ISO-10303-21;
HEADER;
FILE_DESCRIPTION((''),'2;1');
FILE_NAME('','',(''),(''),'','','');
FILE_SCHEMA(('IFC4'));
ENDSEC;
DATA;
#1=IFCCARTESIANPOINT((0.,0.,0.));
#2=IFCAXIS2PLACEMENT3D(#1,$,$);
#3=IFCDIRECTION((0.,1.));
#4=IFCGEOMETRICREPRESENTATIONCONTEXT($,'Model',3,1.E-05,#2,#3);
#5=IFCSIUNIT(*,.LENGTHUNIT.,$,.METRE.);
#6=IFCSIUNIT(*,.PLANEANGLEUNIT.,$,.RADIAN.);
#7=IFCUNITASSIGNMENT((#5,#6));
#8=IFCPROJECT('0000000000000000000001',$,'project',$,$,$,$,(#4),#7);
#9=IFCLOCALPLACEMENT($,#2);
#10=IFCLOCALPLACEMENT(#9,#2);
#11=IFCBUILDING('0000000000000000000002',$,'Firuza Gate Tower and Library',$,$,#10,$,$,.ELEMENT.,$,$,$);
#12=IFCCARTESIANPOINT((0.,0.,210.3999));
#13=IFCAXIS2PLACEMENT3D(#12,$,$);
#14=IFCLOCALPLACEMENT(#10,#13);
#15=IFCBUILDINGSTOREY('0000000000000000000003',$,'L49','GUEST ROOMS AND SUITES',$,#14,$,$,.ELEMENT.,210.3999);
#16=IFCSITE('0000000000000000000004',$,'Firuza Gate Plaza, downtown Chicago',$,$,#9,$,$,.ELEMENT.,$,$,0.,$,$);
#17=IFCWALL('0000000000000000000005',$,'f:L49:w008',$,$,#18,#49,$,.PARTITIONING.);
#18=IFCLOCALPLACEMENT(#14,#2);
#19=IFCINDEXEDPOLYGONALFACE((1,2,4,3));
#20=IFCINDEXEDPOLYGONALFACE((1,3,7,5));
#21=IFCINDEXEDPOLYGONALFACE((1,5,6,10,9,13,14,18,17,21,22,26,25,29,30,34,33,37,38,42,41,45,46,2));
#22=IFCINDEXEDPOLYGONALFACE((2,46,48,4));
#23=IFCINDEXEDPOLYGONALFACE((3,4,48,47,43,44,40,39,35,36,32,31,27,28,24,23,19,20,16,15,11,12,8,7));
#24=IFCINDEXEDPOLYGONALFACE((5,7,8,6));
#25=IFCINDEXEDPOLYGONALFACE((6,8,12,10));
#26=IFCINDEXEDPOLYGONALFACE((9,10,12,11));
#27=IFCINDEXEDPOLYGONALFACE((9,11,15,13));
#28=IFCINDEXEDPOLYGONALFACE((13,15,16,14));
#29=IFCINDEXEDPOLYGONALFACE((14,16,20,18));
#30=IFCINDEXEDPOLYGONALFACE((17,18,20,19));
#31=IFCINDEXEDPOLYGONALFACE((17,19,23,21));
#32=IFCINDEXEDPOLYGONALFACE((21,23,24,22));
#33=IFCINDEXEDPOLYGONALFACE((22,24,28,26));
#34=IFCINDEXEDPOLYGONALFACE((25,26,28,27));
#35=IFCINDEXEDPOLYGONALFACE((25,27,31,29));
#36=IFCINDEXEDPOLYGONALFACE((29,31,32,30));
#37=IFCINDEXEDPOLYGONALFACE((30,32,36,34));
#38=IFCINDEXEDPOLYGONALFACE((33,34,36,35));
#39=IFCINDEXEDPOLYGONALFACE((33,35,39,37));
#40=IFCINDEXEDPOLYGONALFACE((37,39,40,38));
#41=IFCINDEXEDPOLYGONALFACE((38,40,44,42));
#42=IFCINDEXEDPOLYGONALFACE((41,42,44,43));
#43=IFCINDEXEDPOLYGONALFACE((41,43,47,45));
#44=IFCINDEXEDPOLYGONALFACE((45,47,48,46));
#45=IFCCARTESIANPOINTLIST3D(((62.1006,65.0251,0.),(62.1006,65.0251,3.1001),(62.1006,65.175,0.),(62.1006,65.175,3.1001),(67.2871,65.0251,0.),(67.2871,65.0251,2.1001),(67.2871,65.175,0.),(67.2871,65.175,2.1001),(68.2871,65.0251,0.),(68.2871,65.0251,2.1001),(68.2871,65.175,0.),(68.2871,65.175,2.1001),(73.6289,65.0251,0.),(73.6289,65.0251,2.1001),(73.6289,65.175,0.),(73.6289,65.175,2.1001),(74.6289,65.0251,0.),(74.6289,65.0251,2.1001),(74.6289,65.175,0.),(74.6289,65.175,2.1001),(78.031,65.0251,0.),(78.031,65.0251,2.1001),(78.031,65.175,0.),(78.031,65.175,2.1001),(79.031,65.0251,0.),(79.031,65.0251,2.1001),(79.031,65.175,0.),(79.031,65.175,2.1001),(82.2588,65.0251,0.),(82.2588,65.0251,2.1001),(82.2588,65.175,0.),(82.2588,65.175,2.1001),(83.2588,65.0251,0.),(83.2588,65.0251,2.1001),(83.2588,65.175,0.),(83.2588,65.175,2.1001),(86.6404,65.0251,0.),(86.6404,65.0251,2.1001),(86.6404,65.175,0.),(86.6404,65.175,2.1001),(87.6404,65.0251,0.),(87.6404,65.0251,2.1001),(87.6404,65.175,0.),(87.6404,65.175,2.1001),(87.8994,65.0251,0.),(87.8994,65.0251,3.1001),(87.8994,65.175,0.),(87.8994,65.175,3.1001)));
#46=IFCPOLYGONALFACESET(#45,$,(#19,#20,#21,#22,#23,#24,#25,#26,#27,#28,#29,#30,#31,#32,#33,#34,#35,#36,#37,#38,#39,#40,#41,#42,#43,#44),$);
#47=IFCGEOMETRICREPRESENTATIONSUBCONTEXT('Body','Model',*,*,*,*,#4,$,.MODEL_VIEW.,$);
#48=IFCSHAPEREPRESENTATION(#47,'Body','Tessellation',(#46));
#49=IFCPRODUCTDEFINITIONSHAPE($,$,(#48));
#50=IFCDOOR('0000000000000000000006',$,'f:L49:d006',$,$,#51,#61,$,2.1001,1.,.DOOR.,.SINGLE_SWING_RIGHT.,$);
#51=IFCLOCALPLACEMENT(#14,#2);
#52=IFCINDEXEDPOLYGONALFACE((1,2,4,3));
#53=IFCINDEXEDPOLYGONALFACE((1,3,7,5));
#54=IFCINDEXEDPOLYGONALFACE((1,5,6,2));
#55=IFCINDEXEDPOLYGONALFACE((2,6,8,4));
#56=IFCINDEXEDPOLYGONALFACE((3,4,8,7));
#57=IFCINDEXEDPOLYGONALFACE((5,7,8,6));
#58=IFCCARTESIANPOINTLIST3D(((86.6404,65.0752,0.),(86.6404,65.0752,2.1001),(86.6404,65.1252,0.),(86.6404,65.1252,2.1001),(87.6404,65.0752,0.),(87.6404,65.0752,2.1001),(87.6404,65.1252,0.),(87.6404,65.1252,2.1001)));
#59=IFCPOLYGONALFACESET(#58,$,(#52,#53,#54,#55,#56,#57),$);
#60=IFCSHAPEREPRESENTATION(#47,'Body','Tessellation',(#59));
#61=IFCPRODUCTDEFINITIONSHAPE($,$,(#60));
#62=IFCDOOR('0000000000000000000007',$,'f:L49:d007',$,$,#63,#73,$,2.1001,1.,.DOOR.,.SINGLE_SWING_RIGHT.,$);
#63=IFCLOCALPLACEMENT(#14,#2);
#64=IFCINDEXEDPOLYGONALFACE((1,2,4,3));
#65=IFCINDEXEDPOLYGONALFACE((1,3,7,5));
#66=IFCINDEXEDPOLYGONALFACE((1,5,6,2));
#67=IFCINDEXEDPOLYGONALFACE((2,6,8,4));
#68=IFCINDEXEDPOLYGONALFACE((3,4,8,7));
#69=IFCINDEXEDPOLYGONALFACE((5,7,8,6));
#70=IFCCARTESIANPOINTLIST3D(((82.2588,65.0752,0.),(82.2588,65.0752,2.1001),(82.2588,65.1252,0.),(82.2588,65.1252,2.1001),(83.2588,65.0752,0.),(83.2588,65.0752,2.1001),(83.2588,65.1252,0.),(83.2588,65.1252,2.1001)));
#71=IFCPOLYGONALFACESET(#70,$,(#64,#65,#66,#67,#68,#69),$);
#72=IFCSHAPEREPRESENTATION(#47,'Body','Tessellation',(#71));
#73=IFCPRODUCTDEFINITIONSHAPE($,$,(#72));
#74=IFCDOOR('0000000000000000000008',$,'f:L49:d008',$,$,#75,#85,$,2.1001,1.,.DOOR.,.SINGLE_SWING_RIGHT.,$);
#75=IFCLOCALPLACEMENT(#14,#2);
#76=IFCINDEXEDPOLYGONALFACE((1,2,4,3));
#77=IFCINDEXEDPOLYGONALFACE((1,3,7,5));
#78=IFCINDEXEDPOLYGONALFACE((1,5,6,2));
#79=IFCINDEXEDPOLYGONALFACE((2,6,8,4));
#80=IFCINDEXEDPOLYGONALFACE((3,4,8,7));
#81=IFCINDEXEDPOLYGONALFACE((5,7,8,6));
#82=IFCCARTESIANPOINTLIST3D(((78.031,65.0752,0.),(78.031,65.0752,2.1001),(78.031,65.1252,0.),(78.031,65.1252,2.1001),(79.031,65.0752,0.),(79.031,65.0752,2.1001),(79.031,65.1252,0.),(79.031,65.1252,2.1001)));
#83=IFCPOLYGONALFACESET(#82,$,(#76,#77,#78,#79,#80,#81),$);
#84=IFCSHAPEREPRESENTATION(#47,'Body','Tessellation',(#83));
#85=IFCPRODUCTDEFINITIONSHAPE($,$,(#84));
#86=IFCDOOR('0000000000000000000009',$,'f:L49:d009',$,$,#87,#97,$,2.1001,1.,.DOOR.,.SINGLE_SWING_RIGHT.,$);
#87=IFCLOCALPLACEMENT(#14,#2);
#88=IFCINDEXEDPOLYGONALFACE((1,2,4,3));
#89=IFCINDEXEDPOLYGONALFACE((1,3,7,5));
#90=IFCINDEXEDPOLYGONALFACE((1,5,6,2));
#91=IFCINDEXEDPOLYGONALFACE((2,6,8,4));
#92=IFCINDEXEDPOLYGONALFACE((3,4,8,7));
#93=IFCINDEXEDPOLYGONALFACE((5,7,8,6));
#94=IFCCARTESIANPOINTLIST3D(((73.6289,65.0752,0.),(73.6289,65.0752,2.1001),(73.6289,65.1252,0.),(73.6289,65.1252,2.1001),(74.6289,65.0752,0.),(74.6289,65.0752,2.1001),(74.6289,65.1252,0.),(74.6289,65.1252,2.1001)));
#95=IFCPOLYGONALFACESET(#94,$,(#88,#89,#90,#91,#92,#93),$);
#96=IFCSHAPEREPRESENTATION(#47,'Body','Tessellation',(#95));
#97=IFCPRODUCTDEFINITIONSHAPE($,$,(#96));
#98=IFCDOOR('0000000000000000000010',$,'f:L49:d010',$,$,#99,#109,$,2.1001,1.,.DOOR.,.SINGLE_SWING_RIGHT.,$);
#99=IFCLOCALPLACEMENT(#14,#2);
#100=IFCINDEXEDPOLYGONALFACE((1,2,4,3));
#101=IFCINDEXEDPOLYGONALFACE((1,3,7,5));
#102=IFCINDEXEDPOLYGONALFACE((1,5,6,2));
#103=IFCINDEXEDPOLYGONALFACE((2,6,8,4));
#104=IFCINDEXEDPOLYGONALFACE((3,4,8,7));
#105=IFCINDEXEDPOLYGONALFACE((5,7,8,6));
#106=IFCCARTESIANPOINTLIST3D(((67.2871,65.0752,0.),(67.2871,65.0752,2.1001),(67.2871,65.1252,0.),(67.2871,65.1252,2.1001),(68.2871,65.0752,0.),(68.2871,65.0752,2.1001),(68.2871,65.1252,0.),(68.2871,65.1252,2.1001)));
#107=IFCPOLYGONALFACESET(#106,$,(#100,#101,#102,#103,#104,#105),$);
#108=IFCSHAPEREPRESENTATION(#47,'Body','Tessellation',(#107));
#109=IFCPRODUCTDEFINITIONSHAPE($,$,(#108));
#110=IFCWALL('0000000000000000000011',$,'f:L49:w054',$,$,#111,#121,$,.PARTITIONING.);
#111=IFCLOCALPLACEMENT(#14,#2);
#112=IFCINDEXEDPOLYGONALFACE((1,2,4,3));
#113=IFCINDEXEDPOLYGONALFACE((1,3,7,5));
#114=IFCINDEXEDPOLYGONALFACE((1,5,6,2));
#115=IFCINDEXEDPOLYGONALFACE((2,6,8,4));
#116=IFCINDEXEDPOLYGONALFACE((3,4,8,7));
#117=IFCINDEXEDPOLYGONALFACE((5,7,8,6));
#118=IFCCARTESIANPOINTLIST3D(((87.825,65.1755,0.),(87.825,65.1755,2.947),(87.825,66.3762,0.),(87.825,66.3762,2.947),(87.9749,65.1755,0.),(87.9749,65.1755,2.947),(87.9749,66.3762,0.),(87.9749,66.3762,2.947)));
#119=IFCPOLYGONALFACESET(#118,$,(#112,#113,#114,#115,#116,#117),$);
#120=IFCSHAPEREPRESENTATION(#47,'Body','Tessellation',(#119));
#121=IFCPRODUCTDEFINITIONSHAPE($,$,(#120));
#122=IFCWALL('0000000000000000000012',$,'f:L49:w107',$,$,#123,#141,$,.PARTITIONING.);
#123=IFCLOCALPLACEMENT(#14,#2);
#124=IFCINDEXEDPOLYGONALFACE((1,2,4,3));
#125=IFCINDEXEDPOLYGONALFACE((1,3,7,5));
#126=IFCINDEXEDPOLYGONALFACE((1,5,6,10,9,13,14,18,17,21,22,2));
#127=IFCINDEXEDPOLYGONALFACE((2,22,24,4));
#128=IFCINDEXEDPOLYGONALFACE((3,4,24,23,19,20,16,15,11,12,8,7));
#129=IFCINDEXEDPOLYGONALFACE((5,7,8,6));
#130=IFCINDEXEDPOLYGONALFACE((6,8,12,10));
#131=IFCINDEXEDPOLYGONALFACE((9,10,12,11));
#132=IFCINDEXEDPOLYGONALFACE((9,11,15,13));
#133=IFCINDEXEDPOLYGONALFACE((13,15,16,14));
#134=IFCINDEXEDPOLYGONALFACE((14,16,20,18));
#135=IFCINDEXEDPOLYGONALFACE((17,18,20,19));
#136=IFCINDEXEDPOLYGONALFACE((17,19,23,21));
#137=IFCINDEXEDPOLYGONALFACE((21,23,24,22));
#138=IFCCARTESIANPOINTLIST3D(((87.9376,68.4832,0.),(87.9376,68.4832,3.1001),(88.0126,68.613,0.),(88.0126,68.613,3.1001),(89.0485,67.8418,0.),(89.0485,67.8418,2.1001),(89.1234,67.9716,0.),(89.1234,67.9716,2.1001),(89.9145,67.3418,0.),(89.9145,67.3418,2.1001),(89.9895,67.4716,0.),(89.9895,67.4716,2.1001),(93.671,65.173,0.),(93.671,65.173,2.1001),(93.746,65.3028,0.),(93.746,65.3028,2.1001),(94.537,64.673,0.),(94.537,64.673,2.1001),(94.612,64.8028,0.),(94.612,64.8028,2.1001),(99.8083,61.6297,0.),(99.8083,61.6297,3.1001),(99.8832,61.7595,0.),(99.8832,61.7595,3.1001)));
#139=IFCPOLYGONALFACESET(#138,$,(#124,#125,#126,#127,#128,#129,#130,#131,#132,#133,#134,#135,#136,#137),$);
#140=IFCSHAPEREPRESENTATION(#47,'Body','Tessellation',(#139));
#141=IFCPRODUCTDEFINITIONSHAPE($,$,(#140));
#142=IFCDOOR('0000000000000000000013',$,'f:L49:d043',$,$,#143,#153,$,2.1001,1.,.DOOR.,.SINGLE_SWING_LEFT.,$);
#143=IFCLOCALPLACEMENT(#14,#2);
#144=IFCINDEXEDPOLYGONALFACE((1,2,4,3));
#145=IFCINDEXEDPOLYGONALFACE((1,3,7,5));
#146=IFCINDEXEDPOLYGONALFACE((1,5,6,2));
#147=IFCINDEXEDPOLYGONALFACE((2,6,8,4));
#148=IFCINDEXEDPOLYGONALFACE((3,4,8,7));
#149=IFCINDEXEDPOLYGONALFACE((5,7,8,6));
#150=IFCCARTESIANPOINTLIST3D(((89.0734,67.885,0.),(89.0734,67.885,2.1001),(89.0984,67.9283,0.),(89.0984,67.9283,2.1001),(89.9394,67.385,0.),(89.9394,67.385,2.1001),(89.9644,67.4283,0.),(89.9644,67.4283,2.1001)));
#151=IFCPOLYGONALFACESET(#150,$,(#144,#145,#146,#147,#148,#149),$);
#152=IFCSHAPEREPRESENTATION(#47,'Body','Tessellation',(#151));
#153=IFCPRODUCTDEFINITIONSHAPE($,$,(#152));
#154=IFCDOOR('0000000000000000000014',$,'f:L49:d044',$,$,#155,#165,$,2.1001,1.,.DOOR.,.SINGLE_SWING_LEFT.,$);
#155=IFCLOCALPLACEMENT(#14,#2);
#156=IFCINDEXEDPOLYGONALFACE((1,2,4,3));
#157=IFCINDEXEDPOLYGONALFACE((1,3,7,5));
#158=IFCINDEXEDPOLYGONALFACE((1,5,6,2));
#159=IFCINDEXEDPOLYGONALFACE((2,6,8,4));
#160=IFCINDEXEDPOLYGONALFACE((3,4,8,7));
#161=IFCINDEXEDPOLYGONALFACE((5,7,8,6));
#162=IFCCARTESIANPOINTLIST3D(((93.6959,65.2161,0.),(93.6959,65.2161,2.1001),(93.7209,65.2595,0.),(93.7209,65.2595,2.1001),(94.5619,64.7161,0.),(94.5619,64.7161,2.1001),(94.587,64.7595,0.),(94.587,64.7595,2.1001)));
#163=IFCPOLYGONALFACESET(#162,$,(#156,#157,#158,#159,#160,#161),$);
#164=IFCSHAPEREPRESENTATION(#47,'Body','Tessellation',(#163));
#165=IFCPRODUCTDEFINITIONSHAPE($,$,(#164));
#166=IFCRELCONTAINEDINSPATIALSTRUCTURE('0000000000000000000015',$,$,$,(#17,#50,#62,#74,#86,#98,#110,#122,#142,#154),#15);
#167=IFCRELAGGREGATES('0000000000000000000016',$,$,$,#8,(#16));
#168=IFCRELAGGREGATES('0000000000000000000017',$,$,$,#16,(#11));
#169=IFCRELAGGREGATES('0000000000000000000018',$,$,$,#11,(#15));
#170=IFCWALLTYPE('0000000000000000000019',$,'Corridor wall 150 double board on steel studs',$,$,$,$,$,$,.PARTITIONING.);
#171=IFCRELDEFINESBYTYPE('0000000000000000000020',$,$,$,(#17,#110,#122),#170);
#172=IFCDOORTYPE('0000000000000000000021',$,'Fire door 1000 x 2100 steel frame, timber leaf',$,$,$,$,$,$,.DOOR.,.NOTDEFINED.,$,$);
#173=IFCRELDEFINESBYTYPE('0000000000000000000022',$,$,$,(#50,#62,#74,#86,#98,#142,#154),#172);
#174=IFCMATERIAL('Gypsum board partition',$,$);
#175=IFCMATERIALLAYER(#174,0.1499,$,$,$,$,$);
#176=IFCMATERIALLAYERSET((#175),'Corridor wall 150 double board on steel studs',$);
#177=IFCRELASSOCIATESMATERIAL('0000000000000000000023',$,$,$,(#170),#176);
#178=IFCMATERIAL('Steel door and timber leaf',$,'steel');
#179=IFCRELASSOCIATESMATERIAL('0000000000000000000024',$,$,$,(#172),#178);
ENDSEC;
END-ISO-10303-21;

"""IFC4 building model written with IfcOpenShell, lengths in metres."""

from ifc_helpers import new_model, si_unit, direction, frame, frame_2d, origin, place, context, subcontext, project, spatial, rectangle, extrude, material, layer, layer_set, type_object, element, fill, save


model = new_model("IFC4")

# Units and contexts
model_context = context("Model", 3, precision=1e-05, world=origin(), true_north=direction((0.0, 1.0)))
body_context = subcontext(model_context, "Body", "Model", "MODEL_VIEW")
ifc_project = project(units=[si_unit("LENGTHUNIT", "METRE"), si_unit("PLANEANGLEUNIT", "RADIAN")], contexts=[model_context])

# Site, building, storey
site_placement = place(None, origin())
site = spatial("IfcSite", under=ifc_project, at=site_placement, Name="Firuza Gate Plaza, downtown Chicago", CompositionType="ELEMENT", RefElevation=0.0)
building_placement = place(site_placement, origin())
building = spatial("IfcBuilding", under=site, at=building_placement, Name="Firuza Gate Tower and Library", CompositionType="ELEMENT")
storey_placement = place(building_placement, frame((0.0, 0.0, 210.3999)))
storey = spatial("IfcBuildingStorey", under=building, at=storey_placement, Name="L49", Description="GUEST ROOMS AND SUITES", CompositionType="ELEMENT", Elevation=210.3999)

# Wall, openings, doors
ifc_material_1 = material(Name="Gypsum board partition")
ifc_layer_1 = layer(ifc_material_1, 0.1499)
ifc_layer_set_1 = layer_set([ifc_layer_1], Name="Corridor wall 150 double board on steel studs")
wall_type_1 = type_object("IfcWallType", Name="Corridor wall 150 double board on steel studs", PredefinedType="PARTITIONING", material=ifc_layer_set_1)
wall_1_placement = place(storey_placement, frame((87.8994, 65.1001, 0.0), z_axis=(0.0, 0.0, 1.0), x_axis=(-1.0, 0.0, 0.0)))
wall_1 = element("IfcWall", 1, at=wall_1_placement, inside=storey, type_object=wall_type_1, Name="f:L49:w008", PredefinedType="PARTITIONING", context=body_context, shape_type="SweptSolid", body=[
    extrude(rectangle(XDim=25.7988, YDim=0.1499, at=frame_2d((12.8994, 0.0))), origin(), (0.0, 0.0, 1.0), 3.1001),
])
opening_1_placement = place(wall_1_placement, frame((0.259, 0.0, 0.0)))
opening_1 = element("IfcOpeningElement", 2, at=opening_1_placement, cuts=wall_1, PredefinedType="OPENING", context=body_context, shape_type="SweptSolid", body=[
    extrude(rectangle(XDim=1.0, YDim=2.1001, at=frame_2d((0.5, 1.05))), frame((0.0, 0.085, 0.0), z_axis=(0.0, -1.0, 0.0), x_axis=(1.0, 0.0, 0.0)), (0.0, 0.0, 1.0), 0.1699),
])
opening_2_placement = place(wall_1_placement, frame((4.6406, 0.0, 0.0)))
opening_2 = element("IfcOpeningElement", 3, at=opening_2_placement, cuts=wall_1, PredefinedType="OPENING", context=body_context, shape_type="SweptSolid", body=[
    extrude(rectangle(XDim=1.0, YDim=2.1001, at=frame_2d((0.5, 1.05))), frame((0.0, 0.085, 0.0), z_axis=(0.0, -1.0, 0.0), x_axis=(1.0, 0.0, 0.0)), (0.0, 0.0, 1.0), 0.1699),
])
opening_3_placement = place(wall_1_placement, frame((8.8684, 0.0, 0.0)))
opening_3 = element("IfcOpeningElement", 4, at=opening_3_placement, cuts=wall_1, PredefinedType="OPENING", context=body_context, shape_type="SweptSolid", body=[
    extrude(rectangle(XDim=1.0, YDim=2.1001, at=frame_2d((0.5, 1.05))), frame((0.0, 0.085, 0.0), z_axis=(0.0, -1.0, 0.0), x_axis=(1.0, 0.0, 0.0)), (0.0, 0.0, 1.0), 0.1699),
])
opening_4_placement = place(wall_1_placement, frame((13.2705, 0.0, 0.0)))
opening_4 = element("IfcOpeningElement", 5, at=opening_4_placement, cuts=wall_1, PredefinedType="OPENING", context=body_context, shape_type="SweptSolid", body=[
    extrude(rectangle(XDim=1.0, YDim=2.1001, at=frame_2d((0.5, 1.05))), frame((0.0, 0.085, 0.0), z_axis=(0.0, -1.0, 0.0), x_axis=(1.0, 0.0, 0.0)), (0.0, 0.0, 1.0), 0.1699),
])
opening_5_placement = place(wall_1_placement, frame((19.6123, 0.0, 0.0)))
opening_5 = element("IfcOpeningElement", 6, at=opening_5_placement, cuts=wall_1, PredefinedType="OPENING", context=body_context, shape_type="SweptSolid", body=[
    extrude(rectangle(XDim=1.0, YDim=2.1001, at=frame_2d((0.5, 1.05))), frame((0.0, 0.085, 0.0), z_axis=(0.0, -1.0, 0.0), x_axis=(1.0, 0.0, 0.0)), (0.0, 0.0, 1.0), 0.1699),
])
ifc_material_2 = material(Name="Steel door and timber leaf", Category="steel")
door_type_1 = type_object("IfcDoorType", Name="Fire door 1000 x 2100 steel frame, timber leaf", OperationType="NOTDEFINED", PredefinedType="DOOR", material=ifc_material_2)
door_1_placement = place(opening_1_placement, origin())
door_1 = element("IfcDoor", 7, at=door_1_placement, inside=storey, type_object=door_type_1, Name="f:L49:d006", OperationType="SINGLE_SWING_RIGHT", OverallHeight=2.1001, OverallWidth=1.0, PredefinedType="DOOR", context=body_context, shape_type="SweptSolid", body=[
    extrude(rectangle(XDim=1.0, YDim=2.1001, at=frame_2d((0.5, 1.05))), frame((0.0, 0.0249, 0.0), z_axis=(0.0, -1.0, 0.0), x_axis=(1.0, 0.0, 0.0)), (0.0, 0.0, 1.0), 0.05),
])
fill(opening_1, door_1)
door_2_placement = place(opening_2_placement, origin())
door_2 = element("IfcDoor", 8, at=door_2_placement, inside=storey, type_object=door_type_1, Name="f:L49:d007", OperationType="SINGLE_SWING_RIGHT", OverallHeight=2.1001, OverallWidth=1.0, PredefinedType="DOOR", context=body_context, shape_type="SweptSolid", body=[
    extrude(rectangle(XDim=1.0, YDim=2.1001, at=frame_2d((0.5, 1.05))), frame((0.0, 0.0249, 0.0), z_axis=(0.0, -1.0, 0.0), x_axis=(1.0, 0.0, 0.0)), (0.0, 0.0, 1.0), 0.05),
])
fill(opening_2, door_2)
door_3_placement = place(opening_3_placement, origin())
door_3 = element("IfcDoor", 9, at=door_3_placement, inside=storey, type_object=door_type_1, Name="f:L49:d008", OperationType="SINGLE_SWING_RIGHT", OverallHeight=2.1001, OverallWidth=1.0, PredefinedType="DOOR", context=body_context, shape_type="SweptSolid", body=[
    extrude(rectangle(XDim=1.0, YDim=2.1001, at=frame_2d((0.5, 1.05))), frame((0.0, 0.0249, 0.0), z_axis=(0.0, -1.0, 0.0), x_axis=(1.0, 0.0, 0.0)), (0.0, 0.0, 1.0), 0.05),
])
fill(opening_3, door_3)
door_4_placement = place(opening_4_placement, origin())
door_4 = element("IfcDoor", 10, at=door_4_placement, inside=storey, type_object=door_type_1, Name="f:L49:d009", OperationType="SINGLE_SWING_RIGHT", OverallHeight=2.1001, OverallWidth=1.0, PredefinedType="DOOR", context=body_context, shape_type="SweptSolid", body=[
    extrude(rectangle(XDim=1.0, YDim=2.1001, at=frame_2d((0.5, 1.05))), frame((0.0, 0.0249, 0.0), z_axis=(0.0, -1.0, 0.0), x_axis=(1.0, 0.0, 0.0)), (0.0, 0.0, 1.0), 0.05),
])
fill(opening_4, door_4)
door_5_placement = place(opening_5_placement, origin())
door_5 = element("IfcDoor", 11, at=door_5_placement, inside=storey, type_object=door_type_1, Name="f:L49:d010", OperationType="SINGLE_SWING_RIGHT", OverallHeight=2.1001, OverallWidth=1.0, PredefinedType="DOOR", context=body_context, shape_type="SweptSolid", body=[
    extrude(rectangle(XDim=1.0, YDim=2.1001, at=frame_2d((0.5, 1.05))), frame((0.0, 0.0249, 0.0), z_axis=(0.0, -1.0, 0.0), x_axis=(1.0, 0.0, 0.0)), (0.0, 0.0, 1.0), 0.05),
])
fill(opening_5, door_5)

# Wall
wall_2_placement = place(storey_placement, frame((87.8999, 65.1755, 0.0), z_axis=(0.0, 0.0, 1.0), x_axis=(0.0, 1.0, 0.0)))
element("IfcWall", 12, at=wall_2_placement, inside=storey, type_object=wall_type_1, Name="f:L49:w054", PredefinedType="PARTITIONING", context=body_context, shape_type="SweptSolid", body=[
    extrude(rectangle(XDim=1.2007, YDim=0.1499, at=frame_2d((0.6003, 0.0))), origin(), (0.0, 0.0, 1.0), 2.947),
])

# Wall, openings, doors
wall_3_placement = place(storey_placement, frame((87.9751, 68.5481, 0.0), z_axis=(0.0, 0.0, 1.0), x_axis=(0.866025, -0.500001, 0.0)))
wall_3 = element("IfcWall", 13, at=wall_3_placement, inside=storey, type_object=wall_type_1, Name="f:L49:w107", PredefinedType="PARTITIONING", context=body_context, shape_type="SweptSolid", body=[
    extrude(rectangle(XDim=13.707, YDim=0.1499, at=frame_2d((6.8535, 0.0))), origin(), (0.0, 0.0, 1.0), 3.1001),
])
opening_6_placement = place(wall_3_placement, frame((1.2827, 0.0, 0.0)))
opening_6 = element("IfcOpeningElement", 14, at=opening_6_placement, cuts=wall_3, PredefinedType="OPENING", context=body_context, shape_type="SweptSolid", body=[
    extrude(rectangle(XDim=1.0, YDim=2.1001, at=frame_2d((0.5, 1.05))), frame((0.0, 0.085, 0.0), z_axis=(0.0, -1.0, 0.0), x_axis=(1.0, 0.0, 0.0)), (0.0, 0.0, 1.0), 0.1699),
])
opening_7_placement = place(wall_3_placement, frame((6.6204, 0.0, 0.0)))
opening_7 = element("IfcOpeningElement", 15, at=opening_7_placement, cuts=wall_3, PredefinedType="OPENING", context=body_context, shape_type="SweptSolid", body=[
    extrude(rectangle(XDim=1.0, YDim=2.1001, at=frame_2d((0.5, 1.05))), frame((0.0, 0.085, 0.0), z_axis=(0.0, -1.0, 0.0), x_axis=(1.0, 0.0, 0.0)), (0.0, 0.0, 1.0), 0.1699),
])
door_6_placement = place(opening_6_placement, origin())
door_6 = element("IfcDoor", 16, at=door_6_placement, inside=storey, type_object=door_type_1, Name="f:L49:d043", OperationType="SINGLE_SWING_LEFT", OverallHeight=2.1001, OverallWidth=1.0, PredefinedType="DOOR", context=body_context, shape_type="SweptSolid", body=[
    extrude(rectangle(XDim=1.0, YDim=2.1001, at=frame_2d((0.5, 1.05))), frame((0.0, 0.0249, 0.0), z_axis=(0.0, -1.0, 0.0), x_axis=(1.0, 0.0, 0.0)), (0.0, 0.0, 1.0), 0.05),
])
fill(opening_6, door_6)
door_7_placement = place(opening_7_placement, origin())
door_7 = element("IfcDoor", 17, at=door_7_placement, inside=storey, type_object=door_type_1, Name="f:L49:d044", OperationType="SINGLE_SWING_LEFT", OverallHeight=2.1001, OverallWidth=1.0, PredefinedType="DOOR", context=body_context, shape_type="SweptSolid", body=[
    extrude(rectangle(XDim=1.0, YDim=2.1001, at=frame_2d((0.5, 1.05))), frame((0.0, 0.0249, 0.0), z_axis=(0.0, -1.0, 0.0), x_axis=(1.0, 0.0, 0.0)), (0.0, 0.0, 1.0), 0.05),
])
fill(opening_7, door_7)

save(model, "model.ifc")
